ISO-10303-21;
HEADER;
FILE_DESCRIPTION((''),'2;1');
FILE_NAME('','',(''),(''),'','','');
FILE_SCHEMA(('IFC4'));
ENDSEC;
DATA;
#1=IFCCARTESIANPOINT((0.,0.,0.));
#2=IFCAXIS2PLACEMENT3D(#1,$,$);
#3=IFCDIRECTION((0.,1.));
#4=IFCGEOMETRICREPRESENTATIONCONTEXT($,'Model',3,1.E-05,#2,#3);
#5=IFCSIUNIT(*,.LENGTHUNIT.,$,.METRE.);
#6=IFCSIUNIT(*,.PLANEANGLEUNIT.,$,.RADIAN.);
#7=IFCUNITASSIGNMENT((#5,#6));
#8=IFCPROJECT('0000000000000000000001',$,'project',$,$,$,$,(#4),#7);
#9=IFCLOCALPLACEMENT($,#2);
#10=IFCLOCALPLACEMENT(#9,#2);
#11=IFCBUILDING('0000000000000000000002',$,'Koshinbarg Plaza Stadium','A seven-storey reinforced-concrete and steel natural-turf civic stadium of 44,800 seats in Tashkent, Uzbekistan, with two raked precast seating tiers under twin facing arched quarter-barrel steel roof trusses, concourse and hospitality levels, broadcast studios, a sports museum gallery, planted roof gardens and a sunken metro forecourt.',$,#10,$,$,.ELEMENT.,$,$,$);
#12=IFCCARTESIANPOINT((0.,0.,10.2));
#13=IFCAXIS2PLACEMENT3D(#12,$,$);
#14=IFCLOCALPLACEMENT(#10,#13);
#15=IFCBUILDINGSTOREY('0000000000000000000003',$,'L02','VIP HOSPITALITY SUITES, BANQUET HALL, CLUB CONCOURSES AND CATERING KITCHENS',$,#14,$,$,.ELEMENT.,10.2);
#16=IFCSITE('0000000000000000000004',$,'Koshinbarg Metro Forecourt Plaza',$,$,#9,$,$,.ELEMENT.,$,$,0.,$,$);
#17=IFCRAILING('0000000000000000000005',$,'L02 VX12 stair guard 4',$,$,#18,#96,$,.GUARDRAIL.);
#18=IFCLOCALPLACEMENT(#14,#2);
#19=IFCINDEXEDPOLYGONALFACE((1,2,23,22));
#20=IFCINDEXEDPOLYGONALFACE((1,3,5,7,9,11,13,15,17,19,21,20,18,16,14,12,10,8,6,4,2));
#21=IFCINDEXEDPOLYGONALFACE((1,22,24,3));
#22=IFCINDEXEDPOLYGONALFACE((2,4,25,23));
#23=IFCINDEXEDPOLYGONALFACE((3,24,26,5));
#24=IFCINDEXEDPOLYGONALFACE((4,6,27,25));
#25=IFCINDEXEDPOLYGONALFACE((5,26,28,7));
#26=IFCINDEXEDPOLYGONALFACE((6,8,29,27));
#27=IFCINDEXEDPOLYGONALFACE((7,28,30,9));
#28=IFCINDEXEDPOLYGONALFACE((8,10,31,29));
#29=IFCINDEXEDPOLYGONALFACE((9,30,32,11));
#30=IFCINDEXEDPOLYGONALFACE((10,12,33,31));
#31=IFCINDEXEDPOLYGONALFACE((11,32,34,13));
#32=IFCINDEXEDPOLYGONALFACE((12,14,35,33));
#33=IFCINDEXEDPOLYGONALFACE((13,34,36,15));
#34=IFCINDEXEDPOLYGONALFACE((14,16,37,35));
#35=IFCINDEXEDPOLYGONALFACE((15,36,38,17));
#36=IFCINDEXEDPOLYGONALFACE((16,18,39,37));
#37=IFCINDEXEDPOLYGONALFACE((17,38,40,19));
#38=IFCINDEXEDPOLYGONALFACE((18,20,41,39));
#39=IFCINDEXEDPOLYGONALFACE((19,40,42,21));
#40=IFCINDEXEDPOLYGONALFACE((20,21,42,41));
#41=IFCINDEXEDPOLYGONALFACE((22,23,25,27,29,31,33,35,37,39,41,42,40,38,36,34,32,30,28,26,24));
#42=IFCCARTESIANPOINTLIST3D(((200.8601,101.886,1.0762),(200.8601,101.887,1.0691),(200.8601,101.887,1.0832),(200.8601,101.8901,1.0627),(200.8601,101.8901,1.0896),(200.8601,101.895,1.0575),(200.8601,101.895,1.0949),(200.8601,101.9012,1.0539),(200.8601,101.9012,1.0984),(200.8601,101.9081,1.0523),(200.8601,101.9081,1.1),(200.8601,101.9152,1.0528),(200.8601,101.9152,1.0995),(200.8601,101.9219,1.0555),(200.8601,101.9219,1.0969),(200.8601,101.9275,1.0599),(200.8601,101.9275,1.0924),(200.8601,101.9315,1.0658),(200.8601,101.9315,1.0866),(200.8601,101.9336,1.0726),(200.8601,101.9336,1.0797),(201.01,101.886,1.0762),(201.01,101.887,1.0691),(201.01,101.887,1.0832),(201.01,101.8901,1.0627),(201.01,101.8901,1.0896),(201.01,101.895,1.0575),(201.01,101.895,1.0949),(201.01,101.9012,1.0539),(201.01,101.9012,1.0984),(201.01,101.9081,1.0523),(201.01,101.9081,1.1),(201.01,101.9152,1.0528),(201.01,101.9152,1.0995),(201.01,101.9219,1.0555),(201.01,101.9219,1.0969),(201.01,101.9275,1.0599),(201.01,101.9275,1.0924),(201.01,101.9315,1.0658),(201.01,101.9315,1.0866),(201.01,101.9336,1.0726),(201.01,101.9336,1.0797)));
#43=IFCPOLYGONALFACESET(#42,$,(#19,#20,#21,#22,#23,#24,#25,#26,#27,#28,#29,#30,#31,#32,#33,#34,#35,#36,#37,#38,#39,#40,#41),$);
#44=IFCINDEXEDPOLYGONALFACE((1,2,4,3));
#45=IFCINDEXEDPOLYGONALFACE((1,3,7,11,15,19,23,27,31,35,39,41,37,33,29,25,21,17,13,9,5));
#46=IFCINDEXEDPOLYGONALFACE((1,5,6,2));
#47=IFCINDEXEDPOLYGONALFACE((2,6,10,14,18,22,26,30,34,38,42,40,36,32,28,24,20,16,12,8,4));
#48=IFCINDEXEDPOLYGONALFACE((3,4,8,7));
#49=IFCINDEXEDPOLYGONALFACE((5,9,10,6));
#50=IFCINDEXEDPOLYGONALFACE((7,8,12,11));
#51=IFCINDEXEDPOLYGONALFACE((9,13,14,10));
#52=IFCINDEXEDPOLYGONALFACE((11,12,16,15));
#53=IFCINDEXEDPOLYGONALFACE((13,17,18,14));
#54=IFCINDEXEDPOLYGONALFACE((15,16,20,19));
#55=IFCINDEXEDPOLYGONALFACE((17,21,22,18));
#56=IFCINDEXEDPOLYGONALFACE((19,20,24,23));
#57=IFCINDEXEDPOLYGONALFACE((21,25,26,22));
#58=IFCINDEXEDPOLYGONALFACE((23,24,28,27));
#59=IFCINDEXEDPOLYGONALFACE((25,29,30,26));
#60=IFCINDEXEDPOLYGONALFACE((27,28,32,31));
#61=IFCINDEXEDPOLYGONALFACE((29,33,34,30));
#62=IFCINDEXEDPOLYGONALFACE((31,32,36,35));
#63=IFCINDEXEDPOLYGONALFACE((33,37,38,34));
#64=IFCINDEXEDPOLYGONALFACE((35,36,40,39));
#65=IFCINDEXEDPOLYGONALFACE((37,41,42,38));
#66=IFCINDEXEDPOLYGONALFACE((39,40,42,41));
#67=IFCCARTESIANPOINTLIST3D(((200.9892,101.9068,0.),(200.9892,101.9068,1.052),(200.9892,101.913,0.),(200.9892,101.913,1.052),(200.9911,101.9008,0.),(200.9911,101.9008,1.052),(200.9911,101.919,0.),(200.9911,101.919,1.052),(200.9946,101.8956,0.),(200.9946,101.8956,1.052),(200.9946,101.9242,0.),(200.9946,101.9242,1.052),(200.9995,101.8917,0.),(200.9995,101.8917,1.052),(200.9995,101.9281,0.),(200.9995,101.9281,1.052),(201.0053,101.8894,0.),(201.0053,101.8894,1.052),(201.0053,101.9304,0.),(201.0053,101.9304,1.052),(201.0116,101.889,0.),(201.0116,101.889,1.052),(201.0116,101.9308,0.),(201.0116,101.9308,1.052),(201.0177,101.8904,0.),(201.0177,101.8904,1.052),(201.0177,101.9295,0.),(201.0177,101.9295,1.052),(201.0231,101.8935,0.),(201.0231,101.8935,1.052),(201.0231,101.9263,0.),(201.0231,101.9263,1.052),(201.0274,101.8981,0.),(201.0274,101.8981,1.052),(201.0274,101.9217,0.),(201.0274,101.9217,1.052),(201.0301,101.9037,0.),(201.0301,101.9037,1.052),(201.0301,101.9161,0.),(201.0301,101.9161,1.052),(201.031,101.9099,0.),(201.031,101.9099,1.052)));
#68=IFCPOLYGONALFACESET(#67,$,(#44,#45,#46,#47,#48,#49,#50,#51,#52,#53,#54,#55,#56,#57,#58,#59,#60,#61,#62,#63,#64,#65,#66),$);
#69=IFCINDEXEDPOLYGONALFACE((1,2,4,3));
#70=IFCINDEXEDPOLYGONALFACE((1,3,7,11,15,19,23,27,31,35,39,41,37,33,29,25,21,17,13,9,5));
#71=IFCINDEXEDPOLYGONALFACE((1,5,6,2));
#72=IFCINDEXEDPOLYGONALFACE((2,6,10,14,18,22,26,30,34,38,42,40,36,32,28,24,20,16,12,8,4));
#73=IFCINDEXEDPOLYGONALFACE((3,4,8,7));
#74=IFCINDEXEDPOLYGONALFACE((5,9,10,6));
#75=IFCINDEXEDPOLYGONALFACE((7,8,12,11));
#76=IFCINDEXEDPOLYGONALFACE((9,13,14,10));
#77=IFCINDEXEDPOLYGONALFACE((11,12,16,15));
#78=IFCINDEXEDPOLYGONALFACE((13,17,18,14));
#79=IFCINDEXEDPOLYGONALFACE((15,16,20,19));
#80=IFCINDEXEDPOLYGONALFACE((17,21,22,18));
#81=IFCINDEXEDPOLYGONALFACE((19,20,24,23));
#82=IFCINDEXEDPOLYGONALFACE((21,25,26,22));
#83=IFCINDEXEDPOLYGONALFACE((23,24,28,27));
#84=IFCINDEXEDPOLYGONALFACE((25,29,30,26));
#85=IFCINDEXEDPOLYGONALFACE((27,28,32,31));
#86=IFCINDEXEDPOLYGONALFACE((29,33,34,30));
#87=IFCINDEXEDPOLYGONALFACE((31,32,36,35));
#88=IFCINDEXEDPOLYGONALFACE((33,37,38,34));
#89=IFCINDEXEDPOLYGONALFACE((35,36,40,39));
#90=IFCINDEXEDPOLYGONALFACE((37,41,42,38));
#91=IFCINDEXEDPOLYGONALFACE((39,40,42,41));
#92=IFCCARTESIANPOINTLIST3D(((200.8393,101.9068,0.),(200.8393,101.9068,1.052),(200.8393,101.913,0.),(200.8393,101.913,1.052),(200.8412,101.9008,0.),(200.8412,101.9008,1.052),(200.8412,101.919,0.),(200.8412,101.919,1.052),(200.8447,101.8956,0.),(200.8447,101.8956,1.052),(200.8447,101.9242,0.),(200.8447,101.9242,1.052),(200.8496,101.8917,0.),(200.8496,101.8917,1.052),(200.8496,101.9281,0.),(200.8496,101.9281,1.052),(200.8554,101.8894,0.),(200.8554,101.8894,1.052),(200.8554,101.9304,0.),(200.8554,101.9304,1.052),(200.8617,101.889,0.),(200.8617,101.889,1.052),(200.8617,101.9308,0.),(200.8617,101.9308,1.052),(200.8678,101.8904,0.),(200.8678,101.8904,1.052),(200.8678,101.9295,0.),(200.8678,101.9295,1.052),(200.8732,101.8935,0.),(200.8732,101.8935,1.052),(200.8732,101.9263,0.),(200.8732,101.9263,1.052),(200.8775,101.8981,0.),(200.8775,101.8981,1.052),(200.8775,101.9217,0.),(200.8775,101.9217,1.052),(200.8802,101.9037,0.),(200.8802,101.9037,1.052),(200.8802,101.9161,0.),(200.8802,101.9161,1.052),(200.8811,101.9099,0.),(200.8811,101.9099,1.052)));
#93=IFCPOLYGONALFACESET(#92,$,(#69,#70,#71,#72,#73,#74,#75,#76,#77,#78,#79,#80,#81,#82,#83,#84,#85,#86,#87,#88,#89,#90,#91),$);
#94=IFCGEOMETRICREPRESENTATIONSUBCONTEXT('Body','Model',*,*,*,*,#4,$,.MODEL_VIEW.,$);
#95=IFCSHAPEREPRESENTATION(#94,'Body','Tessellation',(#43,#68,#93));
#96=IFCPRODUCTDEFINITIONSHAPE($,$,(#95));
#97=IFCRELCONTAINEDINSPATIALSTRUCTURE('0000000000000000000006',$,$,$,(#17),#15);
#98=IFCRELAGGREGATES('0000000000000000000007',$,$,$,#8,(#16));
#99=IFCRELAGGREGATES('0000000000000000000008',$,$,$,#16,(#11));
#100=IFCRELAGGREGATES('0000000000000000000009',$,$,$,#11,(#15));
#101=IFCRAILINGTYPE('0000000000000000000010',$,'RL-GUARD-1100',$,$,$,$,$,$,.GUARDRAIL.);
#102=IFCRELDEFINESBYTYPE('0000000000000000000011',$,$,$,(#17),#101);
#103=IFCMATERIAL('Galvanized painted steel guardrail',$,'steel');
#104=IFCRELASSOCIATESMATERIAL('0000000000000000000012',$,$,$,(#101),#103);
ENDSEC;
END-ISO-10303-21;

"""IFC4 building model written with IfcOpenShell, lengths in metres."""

from ifc_helpers import new_model, si_unit, direction, frame, origin, origin_2d, place, context, subcontext, project, spatial, circle, extrude, material, type_object, element, save


model = new_model("IFC4")

# Units and contexts
model_context = context("Model", 3, precision=1e-05, world=origin(), true_north=direction((0.0, 1.0)))
body_context = subcontext(model_context, "Body", "Model", "MODEL_VIEW")
ifc_project = project(units=[si_unit("LENGTHUNIT", "METRE"), si_unit("PLANEANGLEUNIT", "RADIAN")], contexts=[model_context])

# Site, building, storey
site_placement = place(None, origin())
site = spatial("IfcSite", under=ifc_project, at=site_placement, Name="Koshinbarg Metro Forecourt Plaza", CompositionType="ELEMENT", RefElevation=0.0)
building_placement = place(site_placement, origin())
building = spatial("IfcBuilding", under=site, at=building_placement, Name="Koshinbarg Plaza Stadium", Description="A seven-storey reinforced-concrete and steel natural-turf civic stadium of 44,800 seats in Tashkent, Uzbekistan, with two raked precast seating tiers under twin facing arched quarter-barrel steel roof trusses, concourse and hospitality levels, broadcast studios, a sports museum gallery, planted roof gardens and a sunken metro forecourt.", CompositionType="ELEMENT")
storey_placement = place(building_placement, frame((0.0, 0.0, 10.2)))
storey = spatial("IfcBuildingStorey", under=building, at=storey_placement, Name="L02", Description="VIP HOSPITALITY SUITES, BANQUET HALL, CLUB CONCOURSES AND CATERING KITCHENS", CompositionType="ELEMENT", Elevation=10.2)

# Railing
ifc_material_1 = material(Name="Galvanized painted steel guardrail", Category="steel")
railing_type_1 = type_object("IfcRailingType", Name="RL-GUARD-1100", PredefinedType="GUARDRAIL", material=ifc_material_1)
railing_1_placement = place(storey_placement, frame((201.01, 101.9099, 0.0)))
element("IfcRailing", 1, at=railing_1_placement, inside=storey, type_object=railing_type_1, Name="L02 VX12 stair guard 4", PredefinedType="GUARDRAIL", context=body_context, shape_type="SweptSolid", body=[
    extrude(circle(Radius=0.0239, at=origin_2d()), frame((0.0, 0.0, 1.0762), z_axis=(-1.0, 0.0, 0.0), x_axis=(0.0, -1.0, 0.0)), (0.0, 0.0, 1.0), 0.1499),
    extrude(circle(Radius=0.021, at=origin_2d()), origin(), (0.0, 0.0, 1.0), 1.052),
    extrude(circle(Radius=0.021, at=origin_2d()), frame((-0.1499, 0.0, 0.0)), (0.0, 0.0, 1.0), 1.052),
])

save(model, "model.ifc")
